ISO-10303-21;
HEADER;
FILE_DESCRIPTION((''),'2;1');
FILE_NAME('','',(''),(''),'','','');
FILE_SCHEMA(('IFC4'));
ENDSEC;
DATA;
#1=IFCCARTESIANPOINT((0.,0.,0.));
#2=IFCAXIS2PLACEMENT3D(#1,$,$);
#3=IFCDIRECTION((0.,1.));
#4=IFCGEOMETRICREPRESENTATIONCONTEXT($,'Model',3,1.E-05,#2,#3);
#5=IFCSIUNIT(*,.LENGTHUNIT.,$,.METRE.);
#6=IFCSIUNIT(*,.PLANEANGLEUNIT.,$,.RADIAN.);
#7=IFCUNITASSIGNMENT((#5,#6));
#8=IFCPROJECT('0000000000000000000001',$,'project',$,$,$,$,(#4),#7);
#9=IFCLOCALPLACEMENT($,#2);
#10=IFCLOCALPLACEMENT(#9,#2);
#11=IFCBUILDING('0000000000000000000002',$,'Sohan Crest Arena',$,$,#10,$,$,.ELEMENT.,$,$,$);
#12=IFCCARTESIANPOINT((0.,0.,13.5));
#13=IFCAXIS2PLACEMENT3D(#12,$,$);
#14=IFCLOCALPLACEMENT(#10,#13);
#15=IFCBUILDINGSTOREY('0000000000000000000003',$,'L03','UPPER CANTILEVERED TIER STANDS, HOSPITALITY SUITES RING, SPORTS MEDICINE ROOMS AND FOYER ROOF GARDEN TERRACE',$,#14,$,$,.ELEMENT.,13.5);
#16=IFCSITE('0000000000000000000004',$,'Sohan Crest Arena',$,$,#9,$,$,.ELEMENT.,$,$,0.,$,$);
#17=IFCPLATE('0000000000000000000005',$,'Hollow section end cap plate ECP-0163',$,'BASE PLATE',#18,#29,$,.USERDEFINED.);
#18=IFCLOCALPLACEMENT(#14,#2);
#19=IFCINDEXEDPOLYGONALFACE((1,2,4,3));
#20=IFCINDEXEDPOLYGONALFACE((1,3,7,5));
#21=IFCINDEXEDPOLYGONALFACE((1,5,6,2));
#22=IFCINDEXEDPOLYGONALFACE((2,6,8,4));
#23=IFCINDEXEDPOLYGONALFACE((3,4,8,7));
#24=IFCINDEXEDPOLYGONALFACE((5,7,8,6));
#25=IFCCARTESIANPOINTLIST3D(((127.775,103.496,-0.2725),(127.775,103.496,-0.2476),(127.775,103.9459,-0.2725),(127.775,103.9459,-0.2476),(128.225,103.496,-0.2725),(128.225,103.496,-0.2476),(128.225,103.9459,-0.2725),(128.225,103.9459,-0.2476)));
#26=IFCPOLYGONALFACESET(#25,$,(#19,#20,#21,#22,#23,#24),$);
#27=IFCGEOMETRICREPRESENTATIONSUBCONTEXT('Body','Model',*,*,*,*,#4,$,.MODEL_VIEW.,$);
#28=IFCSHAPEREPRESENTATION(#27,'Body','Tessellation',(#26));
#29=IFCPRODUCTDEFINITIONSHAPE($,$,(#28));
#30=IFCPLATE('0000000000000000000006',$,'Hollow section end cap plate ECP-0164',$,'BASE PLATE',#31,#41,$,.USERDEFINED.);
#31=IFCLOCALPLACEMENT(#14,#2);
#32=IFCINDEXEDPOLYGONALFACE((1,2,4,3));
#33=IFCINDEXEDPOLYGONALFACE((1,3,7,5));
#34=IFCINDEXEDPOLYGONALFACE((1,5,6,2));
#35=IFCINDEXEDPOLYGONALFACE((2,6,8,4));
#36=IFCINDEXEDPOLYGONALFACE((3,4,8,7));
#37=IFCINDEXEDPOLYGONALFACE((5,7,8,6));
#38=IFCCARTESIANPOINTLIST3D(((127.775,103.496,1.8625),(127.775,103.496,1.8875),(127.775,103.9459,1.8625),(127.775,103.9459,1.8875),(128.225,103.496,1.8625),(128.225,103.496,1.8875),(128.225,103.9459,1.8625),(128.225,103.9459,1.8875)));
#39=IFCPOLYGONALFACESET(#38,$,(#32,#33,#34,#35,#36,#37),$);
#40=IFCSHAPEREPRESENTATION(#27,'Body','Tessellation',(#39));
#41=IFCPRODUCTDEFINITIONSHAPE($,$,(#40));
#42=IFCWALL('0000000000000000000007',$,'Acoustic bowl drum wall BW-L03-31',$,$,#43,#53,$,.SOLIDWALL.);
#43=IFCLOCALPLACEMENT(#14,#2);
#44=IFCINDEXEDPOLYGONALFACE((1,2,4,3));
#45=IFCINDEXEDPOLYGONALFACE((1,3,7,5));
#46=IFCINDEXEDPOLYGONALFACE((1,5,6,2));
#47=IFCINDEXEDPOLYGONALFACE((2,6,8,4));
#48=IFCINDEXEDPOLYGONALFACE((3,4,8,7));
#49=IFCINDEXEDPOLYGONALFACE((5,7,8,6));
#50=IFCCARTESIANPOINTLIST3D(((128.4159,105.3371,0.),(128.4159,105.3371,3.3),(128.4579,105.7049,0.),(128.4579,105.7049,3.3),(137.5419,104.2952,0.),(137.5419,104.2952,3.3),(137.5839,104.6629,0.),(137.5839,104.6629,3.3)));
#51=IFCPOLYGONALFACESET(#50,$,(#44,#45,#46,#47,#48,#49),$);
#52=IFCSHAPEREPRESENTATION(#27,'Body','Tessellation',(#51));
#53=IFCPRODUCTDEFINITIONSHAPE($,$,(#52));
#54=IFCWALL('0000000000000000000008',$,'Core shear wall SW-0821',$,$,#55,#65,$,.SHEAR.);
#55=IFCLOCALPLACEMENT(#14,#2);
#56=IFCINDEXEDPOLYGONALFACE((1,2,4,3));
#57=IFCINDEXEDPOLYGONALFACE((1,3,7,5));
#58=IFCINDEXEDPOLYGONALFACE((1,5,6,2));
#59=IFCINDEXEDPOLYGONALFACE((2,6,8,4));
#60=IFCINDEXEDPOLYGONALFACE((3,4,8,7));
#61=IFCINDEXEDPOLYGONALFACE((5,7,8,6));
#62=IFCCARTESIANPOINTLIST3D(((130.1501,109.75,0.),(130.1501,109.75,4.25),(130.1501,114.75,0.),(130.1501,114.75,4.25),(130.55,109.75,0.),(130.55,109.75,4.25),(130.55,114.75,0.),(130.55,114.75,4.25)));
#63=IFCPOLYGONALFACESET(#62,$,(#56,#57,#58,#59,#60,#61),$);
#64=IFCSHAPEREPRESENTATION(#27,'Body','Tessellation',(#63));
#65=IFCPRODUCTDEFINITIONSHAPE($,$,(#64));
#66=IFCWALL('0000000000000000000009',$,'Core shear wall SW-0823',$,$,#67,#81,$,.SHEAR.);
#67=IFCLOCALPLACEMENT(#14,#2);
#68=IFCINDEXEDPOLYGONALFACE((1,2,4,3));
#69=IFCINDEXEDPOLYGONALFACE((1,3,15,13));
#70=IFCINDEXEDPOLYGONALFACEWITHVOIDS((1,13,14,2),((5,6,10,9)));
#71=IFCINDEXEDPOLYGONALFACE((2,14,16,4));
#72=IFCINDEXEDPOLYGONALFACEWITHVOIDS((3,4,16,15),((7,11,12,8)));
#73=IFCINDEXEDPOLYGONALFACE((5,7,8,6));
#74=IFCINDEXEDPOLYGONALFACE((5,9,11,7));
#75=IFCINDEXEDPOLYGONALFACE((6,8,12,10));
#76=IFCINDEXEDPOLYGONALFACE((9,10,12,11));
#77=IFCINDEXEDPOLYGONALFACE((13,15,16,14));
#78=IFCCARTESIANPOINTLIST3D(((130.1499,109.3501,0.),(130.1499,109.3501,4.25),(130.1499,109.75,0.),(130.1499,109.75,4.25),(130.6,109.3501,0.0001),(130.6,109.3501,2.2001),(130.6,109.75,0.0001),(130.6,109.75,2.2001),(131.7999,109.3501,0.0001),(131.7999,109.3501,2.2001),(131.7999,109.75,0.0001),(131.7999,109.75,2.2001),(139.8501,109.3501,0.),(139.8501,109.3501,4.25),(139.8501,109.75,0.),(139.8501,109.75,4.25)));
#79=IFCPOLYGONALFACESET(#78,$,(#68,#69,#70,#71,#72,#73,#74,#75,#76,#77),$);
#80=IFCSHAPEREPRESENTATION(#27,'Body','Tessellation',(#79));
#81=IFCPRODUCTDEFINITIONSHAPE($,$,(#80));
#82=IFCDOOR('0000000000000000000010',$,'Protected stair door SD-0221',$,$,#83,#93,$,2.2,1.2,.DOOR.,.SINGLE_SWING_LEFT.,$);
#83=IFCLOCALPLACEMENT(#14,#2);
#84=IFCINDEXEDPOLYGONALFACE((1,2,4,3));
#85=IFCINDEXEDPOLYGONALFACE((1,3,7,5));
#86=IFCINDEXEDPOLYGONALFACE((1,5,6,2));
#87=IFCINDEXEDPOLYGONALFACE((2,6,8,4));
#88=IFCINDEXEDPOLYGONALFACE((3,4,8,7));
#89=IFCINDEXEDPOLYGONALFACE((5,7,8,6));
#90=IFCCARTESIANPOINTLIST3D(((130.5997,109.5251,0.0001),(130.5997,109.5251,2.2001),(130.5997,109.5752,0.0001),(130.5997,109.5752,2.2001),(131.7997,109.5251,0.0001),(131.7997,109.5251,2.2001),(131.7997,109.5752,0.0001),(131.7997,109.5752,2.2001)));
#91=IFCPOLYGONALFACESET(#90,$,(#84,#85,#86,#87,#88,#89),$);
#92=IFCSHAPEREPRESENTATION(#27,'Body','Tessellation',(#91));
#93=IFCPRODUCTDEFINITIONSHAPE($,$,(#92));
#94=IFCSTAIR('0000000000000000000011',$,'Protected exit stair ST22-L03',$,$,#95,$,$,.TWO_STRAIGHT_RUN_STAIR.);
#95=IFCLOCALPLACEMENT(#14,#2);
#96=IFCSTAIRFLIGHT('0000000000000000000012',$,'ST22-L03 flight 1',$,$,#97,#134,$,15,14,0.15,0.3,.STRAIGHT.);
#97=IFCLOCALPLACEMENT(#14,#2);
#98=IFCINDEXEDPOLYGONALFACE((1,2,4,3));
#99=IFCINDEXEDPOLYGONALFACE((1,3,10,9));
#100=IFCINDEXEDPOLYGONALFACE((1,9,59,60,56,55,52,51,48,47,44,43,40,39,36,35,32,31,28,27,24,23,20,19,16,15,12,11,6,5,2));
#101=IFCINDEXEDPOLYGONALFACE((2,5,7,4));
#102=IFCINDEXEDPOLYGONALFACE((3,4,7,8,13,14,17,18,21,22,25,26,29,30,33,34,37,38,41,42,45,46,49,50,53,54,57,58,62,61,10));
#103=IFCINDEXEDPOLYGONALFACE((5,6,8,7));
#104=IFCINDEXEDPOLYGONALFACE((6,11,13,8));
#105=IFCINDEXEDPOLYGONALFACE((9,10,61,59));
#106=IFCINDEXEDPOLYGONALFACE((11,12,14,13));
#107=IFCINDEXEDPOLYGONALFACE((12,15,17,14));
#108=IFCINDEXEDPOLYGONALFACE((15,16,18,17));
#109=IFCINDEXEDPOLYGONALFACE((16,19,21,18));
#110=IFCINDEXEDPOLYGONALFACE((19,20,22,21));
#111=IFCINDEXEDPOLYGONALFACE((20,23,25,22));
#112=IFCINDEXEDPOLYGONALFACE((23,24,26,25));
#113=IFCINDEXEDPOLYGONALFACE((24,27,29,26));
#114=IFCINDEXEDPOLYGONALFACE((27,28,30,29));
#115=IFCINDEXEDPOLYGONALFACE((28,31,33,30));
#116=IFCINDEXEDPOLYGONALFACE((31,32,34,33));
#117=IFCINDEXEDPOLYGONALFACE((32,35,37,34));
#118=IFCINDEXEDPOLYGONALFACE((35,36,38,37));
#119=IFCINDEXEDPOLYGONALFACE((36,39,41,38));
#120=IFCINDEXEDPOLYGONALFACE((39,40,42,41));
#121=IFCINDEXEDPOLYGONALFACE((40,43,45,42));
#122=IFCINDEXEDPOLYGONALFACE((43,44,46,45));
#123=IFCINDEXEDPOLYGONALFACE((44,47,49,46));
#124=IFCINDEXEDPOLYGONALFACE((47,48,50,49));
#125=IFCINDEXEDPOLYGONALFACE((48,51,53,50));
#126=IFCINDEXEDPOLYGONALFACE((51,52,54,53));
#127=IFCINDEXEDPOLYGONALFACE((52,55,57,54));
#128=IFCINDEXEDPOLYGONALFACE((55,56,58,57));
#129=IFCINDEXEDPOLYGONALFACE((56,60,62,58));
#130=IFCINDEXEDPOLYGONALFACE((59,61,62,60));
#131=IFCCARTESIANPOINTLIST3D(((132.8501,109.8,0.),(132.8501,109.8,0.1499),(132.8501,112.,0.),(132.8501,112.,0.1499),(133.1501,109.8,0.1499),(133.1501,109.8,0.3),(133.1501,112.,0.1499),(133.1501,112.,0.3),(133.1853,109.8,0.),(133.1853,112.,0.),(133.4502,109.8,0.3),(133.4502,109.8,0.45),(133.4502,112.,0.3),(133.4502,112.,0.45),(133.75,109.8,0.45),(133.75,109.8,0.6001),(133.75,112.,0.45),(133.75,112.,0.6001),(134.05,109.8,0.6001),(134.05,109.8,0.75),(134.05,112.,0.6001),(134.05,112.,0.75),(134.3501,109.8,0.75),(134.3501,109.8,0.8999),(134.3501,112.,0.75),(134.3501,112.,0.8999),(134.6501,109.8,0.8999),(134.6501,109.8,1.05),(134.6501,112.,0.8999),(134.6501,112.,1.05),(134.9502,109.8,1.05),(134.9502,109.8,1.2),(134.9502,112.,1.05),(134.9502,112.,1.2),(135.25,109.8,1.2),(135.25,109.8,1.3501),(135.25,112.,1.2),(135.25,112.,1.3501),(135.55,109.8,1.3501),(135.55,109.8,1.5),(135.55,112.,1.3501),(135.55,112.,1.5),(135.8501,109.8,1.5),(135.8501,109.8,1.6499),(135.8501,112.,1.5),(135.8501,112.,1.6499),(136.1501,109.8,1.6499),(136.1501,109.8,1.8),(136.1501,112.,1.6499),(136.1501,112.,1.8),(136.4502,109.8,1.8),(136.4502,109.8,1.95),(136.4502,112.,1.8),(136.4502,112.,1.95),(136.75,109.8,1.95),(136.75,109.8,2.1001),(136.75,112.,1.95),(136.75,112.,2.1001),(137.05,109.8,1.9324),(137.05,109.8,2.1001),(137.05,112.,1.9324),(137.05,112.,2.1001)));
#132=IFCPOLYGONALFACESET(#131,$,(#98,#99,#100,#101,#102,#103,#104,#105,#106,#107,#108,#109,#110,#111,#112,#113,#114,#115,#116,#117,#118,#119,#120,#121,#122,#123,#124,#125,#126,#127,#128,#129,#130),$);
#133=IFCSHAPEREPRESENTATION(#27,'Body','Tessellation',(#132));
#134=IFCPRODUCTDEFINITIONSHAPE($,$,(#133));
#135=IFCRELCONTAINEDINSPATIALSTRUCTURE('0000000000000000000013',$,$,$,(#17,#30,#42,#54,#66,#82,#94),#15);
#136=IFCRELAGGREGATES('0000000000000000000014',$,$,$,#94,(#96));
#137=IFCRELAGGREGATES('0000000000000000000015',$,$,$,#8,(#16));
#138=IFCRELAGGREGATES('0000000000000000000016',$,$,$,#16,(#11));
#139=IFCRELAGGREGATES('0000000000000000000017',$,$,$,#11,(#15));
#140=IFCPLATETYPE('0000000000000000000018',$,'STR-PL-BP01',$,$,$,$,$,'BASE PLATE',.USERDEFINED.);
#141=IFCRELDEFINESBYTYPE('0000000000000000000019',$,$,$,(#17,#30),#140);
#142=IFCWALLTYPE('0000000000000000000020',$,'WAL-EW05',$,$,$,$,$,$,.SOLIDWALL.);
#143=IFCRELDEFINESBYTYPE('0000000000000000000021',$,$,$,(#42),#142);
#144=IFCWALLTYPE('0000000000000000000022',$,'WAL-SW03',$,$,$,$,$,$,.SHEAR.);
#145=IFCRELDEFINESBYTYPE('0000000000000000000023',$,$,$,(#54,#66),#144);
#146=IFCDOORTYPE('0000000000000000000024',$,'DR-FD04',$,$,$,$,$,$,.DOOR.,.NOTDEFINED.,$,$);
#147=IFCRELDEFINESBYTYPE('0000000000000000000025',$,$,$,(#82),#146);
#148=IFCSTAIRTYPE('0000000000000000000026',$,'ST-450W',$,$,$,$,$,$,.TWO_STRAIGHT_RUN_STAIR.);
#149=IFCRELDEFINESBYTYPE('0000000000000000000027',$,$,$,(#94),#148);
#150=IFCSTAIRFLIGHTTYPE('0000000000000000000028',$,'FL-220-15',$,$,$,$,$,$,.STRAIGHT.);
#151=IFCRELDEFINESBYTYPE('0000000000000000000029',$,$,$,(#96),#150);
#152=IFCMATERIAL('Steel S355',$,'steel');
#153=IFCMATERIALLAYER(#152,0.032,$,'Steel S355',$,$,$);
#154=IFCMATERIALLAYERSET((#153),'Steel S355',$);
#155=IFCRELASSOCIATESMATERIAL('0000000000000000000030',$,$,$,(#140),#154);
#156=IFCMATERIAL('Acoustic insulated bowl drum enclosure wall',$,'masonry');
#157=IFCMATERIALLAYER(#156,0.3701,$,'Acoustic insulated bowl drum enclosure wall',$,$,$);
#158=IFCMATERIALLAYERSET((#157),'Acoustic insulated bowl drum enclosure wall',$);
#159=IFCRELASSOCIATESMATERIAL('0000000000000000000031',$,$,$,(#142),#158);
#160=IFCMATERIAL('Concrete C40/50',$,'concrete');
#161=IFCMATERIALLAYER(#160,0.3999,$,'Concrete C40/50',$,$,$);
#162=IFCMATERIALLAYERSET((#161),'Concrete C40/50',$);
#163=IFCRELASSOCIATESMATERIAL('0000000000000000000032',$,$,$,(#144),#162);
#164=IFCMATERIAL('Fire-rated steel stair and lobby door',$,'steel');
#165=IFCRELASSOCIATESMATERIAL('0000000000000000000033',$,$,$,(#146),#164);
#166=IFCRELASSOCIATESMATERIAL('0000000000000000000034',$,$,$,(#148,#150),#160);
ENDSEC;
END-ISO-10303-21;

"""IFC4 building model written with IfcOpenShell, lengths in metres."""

from ifc_helpers import new_model, si_unit, direction, frame, frame_2d, origin, origin_2d, place, context, subcontext, project, spatial, polyline, rectangle, outline, extrude, material, layer, layer_set, type_object, element, fill, aggregate, save


model = new_model("IFC4")

# Units and contexts
model_context = context("Model", 3, precision=1e-05, world=origin(), true_north=direction((0.0, 1.0)))
body_context = subcontext(model_context, "Body", "Model", "MODEL_VIEW")
ifc_project = project(units=[si_unit("LENGTHUNIT", "METRE"), si_unit("PLANEANGLEUNIT", "RADIAN")], contexts=[model_context])

# Site, building, storey
site_placement = place(None, origin())
site = spatial("IfcSite", under=ifc_project, at=site_placement, Name="Sohan Crest Arena", CompositionType="ELEMENT", RefElevation=0.0)
building_placement = place(site_placement, origin())
building = spatial("IfcBuilding", under=site, at=building_placement, Name="Sohan Crest Arena", CompositionType="ELEMENT")
storey_placement = place(building_placement, frame((0.0, 0.0, 13.5)))
storey = spatial("IfcBuildingStorey", under=building, at=storey_placement, Name="L03", Description="UPPER CANTILEVERED TIER STANDS, HOSPITALITY SUITES RING, SPORTS MEDICINE ROOMS AND FOYER ROOF GARDEN TERRACE", CompositionType="ELEMENT", Elevation=13.5)

# Shared definitions
ifc_material_1 = material(Name="Concrete C40/50", Category="concrete")
ifc_material_2 = material(Name="Steel S355", Category="steel")

# Plates
ifc_layer_1 = layer(ifc_material_2, 0.032, Name="Steel S355")
ifc_layer_set_1 = layer_set([ifc_layer_1], Name="Steel S355")
plate_type = type_object("IfcPlateType", Name="STR-PL-BP01", ElementType="BASE PLATE", PredefinedType="USERDEFINED", material=ifc_layer_set_1)
for number, where, z_axis, x_axis, name in (
    (1, (128.0, 103.7209, -0.2725), (0.0, 0.0, 1.0), (1.0, 0.0, 0.0), "Hollow section end cap plate ECP-0163"),
    (2, (128.0, 103.7209, 1.8625), (0.0, 0.0, 1.0), (1.0, 0.0, 0.0), "Hollow section end cap plate ECP-0164"),
):
    element("IfcPlate", number, at=place(storey_placement, frame(where, z_axis=z_axis, x_axis=x_axis)), inside=storey, type_object=plate_type, Name=name, ObjectType="BASE PLATE", PredefinedType="USERDEFINED", context=body_context, shape_type="SweptSolid", body=[
        extrude(rectangle(XDim=0.45, YDim=0.45, at=origin_2d()), origin(), (0.0, 0.0, 1.0), 0.0249),
    ])

# Walls
ifc_material_3 = material(Name="Acoustic insulated bowl drum enclosure wall", Category="masonry")
ifc_layer_2 = layer(ifc_material_3, 0.3701, Name="Acoustic insulated bowl drum enclosure wall")
ifc_layer_set_2 = layer_set([ifc_layer_2], Name="Acoustic insulated bowl drum enclosure wall")
wall_type_1 = type_object("IfcWallType", Name="WAL-EW05", PredefinedType="SOLIDWALL", material=ifc_layer_set_2)
wall_1_placement = place(storey_placement, frame((137.563, 104.479, 0.0), z_axis=(0.0, 0.0, 1.0), x_axis=(-0.993545, 0.113442, 0.0)))
element("IfcWall", 3, at=wall_1_placement, inside=storey, type_object=wall_type_1, Name="Acoustic bowl drum wall BW-L03-31", PredefinedType="SOLIDWALL", context=body_context, shape_type="SweptSolid", body=[
    extrude(rectangle(XDim=9.1853, YDim=0.3701, at=frame_2d((4.5928, 0.0))), origin(), (0.0, 0.0, 1.0), 3.3),
])
ifc_layer_3 = layer(ifc_material_1, 0.3999, Name="Concrete C40/50")
ifc_layer_set_3 = layer_set([ifc_layer_3], Name="Concrete C40/50")
wall_type_2 = type_object("IfcWallType", Name="WAL-SW03", PredefinedType="SHEAR", material=ifc_layer_set_3)
wall_2_placement = place(storey_placement, frame((130.3501, 109.75, 0.0), z_axis=(0.0, 0.0, 1.0), x_axis=(0.0, 1.0, 0.0)))
element("IfcWall", 4, at=wall_2_placement, inside=storey, type_object=wall_type_2, Name="Core shear wall SW-0821", PredefinedType="SHEAR", context=body_context, shape_type="SweptSolid", body=[
    extrude(rectangle(XDim=5.0, YDim=0.3999, at=frame_2d((2.5, 0.0))), origin(), (0.0, 0.0, 1.0), 4.25),
])

# Wall, opening, door
wall_3_placement = place(storey_placement, frame((130.1499, 109.55, 0.0), z_axis=(0.0, 0.0, 1.0), x_axis=(1.0, 0.0, 0.0)))
wall_3 = element("IfcWall", 5, at=wall_3_placement, inside=storey, type_object=wall_type_2, Name="Core shear wall SW-0823", PredefinedType="SHEAR", context=body_context, shape_type="SweptSolid", body=[
    extrude(rectangle(XDim=9.7002, YDim=0.3999, at=frame_2d((4.8501, 0.0))), origin(), (0.0, 0.0, 1.0), 4.25),
])
opening_placement = place(wall_3_placement, frame((0.45, 0.0, 0.0)))
opening = element("IfcOpeningElement", 6, at=opening_placement, cuts=wall_3, PredefinedType="OPENING", context=body_context, shape_type="SweptSolid", body=[
    extrude(rectangle(XDim=1.2, YDim=2.2, at=frame_2d((0.6001, 1.1001))), frame((0.0, 0.21, 0.0), z_axis=(0.0, -1.0, 0.0), x_axis=(1.0, 0.0, 0.0)), (0.0, 0.0, 1.0), 0.4199),
])
ifc_material_4 = material(Name="Fire-rated steel stair and lobby door", Category="steel")
door_type = type_object("IfcDoorType", Name="DR-FD04", OperationType="NOTDEFINED", PredefinedType="DOOR", material=ifc_material_4)
door_placement = place(opening_placement, frame((1.2, 0.0, 0.0), z_axis=(0.0, 0.0, 1.0), x_axis=(-1.0, 0.0, 0.0)))
door = element("IfcDoor", 7, at=door_placement, inside=storey, type_object=door_type, Name="Protected stair door SD-0221", OperationType="SINGLE_SWING_LEFT", OverallHeight=2.2, OverallWidth=1.2, PredefinedType="DOOR", context=body_context, shape_type="SweptSolid", body=[
    extrude(rectangle(XDim=1.2, YDim=2.2, at=frame_2d((0.6001, 1.1001))), frame((0.0, 0.0249, 0.0), z_axis=(0.0, -1.0, 0.0), x_axis=(1.0, 0.0, 0.0)), (0.0, 0.0, 1.0), 0.05),
])
fill(opening, door)

# Stair, stair flight
stair_type = type_object("IfcStairType", Name="ST-450W", PredefinedType="TWO_STRAIGHT_RUN_STAIR", material=ifc_material_1)
stair_placement = place(storey_placement, origin())
stair = element("IfcStair", 8, at=stair_placement, inside=storey, type_object=stair_type, Name="Protected exit stair ST22-L03", PredefinedType="TWO_STRAIGHT_RUN_STAIR")
stair_flight_type = type_object("IfcStairFlightType", Name="FL-220-15", PredefinedType="STRAIGHT", material=ifc_material_1)
stair_flight_placement = place(storey_placement, frame((132.8501, 110.8999, 0.0), z_axis=(0.0, 0.0, 1.0), x_axis=(1.0, 0.0, 0.0)))
stair_flight = element("IfcStairFlight", 9, at=stair_flight_placement, type_object=stair_flight_type, Name="ST22-L03 flight 1", NumberOfRisers=15, NumberOfTreads=14, PredefinedType="STRAIGHT", RiserHeight=0.15, TreadLength=0.3, context=body_context, shape_type="SweptSolid", body=[
    extrude(outline(polyline([(0.0, 0.0), (0.0, 0.1499), (0.3, 0.1499), (0.3, 0.3), (0.6001, 0.3), (0.6001, 0.45), (0.8999, 0.45), (0.8999, 0.6001), (1.2, 0.6001), (1.2, 0.75), (1.5, 0.75), (1.5, 0.8999), (1.8, 0.8999), (1.8, 1.05), (2.1001, 1.05), (2.1001, 1.2), (2.3999, 1.2), (2.3999, 1.3501), (2.7, 1.3501), (2.7, 1.5), (3.0, 1.5), (3.0, 1.6499), (3.3, 1.6499), (3.3, 1.8), (3.6001, 1.8), (3.6001, 1.95), (3.8999, 1.95), (3.8999, 2.1001), (4.2, 2.1001), (4.2, 2.25), (4.2, 1.9324), (0.3352, 0.0), (0.0, 0.0)])), frame((0.0, 1.1001, 0.0), z_axis=(0.0, -1.0, 0.0), x_axis=(1.0, 0.0, 0.0)), (0.0, 0.0, 1.0), 2.2),
])
aggregate(stair, [stair_flight])

save(model, "model.ifc")
